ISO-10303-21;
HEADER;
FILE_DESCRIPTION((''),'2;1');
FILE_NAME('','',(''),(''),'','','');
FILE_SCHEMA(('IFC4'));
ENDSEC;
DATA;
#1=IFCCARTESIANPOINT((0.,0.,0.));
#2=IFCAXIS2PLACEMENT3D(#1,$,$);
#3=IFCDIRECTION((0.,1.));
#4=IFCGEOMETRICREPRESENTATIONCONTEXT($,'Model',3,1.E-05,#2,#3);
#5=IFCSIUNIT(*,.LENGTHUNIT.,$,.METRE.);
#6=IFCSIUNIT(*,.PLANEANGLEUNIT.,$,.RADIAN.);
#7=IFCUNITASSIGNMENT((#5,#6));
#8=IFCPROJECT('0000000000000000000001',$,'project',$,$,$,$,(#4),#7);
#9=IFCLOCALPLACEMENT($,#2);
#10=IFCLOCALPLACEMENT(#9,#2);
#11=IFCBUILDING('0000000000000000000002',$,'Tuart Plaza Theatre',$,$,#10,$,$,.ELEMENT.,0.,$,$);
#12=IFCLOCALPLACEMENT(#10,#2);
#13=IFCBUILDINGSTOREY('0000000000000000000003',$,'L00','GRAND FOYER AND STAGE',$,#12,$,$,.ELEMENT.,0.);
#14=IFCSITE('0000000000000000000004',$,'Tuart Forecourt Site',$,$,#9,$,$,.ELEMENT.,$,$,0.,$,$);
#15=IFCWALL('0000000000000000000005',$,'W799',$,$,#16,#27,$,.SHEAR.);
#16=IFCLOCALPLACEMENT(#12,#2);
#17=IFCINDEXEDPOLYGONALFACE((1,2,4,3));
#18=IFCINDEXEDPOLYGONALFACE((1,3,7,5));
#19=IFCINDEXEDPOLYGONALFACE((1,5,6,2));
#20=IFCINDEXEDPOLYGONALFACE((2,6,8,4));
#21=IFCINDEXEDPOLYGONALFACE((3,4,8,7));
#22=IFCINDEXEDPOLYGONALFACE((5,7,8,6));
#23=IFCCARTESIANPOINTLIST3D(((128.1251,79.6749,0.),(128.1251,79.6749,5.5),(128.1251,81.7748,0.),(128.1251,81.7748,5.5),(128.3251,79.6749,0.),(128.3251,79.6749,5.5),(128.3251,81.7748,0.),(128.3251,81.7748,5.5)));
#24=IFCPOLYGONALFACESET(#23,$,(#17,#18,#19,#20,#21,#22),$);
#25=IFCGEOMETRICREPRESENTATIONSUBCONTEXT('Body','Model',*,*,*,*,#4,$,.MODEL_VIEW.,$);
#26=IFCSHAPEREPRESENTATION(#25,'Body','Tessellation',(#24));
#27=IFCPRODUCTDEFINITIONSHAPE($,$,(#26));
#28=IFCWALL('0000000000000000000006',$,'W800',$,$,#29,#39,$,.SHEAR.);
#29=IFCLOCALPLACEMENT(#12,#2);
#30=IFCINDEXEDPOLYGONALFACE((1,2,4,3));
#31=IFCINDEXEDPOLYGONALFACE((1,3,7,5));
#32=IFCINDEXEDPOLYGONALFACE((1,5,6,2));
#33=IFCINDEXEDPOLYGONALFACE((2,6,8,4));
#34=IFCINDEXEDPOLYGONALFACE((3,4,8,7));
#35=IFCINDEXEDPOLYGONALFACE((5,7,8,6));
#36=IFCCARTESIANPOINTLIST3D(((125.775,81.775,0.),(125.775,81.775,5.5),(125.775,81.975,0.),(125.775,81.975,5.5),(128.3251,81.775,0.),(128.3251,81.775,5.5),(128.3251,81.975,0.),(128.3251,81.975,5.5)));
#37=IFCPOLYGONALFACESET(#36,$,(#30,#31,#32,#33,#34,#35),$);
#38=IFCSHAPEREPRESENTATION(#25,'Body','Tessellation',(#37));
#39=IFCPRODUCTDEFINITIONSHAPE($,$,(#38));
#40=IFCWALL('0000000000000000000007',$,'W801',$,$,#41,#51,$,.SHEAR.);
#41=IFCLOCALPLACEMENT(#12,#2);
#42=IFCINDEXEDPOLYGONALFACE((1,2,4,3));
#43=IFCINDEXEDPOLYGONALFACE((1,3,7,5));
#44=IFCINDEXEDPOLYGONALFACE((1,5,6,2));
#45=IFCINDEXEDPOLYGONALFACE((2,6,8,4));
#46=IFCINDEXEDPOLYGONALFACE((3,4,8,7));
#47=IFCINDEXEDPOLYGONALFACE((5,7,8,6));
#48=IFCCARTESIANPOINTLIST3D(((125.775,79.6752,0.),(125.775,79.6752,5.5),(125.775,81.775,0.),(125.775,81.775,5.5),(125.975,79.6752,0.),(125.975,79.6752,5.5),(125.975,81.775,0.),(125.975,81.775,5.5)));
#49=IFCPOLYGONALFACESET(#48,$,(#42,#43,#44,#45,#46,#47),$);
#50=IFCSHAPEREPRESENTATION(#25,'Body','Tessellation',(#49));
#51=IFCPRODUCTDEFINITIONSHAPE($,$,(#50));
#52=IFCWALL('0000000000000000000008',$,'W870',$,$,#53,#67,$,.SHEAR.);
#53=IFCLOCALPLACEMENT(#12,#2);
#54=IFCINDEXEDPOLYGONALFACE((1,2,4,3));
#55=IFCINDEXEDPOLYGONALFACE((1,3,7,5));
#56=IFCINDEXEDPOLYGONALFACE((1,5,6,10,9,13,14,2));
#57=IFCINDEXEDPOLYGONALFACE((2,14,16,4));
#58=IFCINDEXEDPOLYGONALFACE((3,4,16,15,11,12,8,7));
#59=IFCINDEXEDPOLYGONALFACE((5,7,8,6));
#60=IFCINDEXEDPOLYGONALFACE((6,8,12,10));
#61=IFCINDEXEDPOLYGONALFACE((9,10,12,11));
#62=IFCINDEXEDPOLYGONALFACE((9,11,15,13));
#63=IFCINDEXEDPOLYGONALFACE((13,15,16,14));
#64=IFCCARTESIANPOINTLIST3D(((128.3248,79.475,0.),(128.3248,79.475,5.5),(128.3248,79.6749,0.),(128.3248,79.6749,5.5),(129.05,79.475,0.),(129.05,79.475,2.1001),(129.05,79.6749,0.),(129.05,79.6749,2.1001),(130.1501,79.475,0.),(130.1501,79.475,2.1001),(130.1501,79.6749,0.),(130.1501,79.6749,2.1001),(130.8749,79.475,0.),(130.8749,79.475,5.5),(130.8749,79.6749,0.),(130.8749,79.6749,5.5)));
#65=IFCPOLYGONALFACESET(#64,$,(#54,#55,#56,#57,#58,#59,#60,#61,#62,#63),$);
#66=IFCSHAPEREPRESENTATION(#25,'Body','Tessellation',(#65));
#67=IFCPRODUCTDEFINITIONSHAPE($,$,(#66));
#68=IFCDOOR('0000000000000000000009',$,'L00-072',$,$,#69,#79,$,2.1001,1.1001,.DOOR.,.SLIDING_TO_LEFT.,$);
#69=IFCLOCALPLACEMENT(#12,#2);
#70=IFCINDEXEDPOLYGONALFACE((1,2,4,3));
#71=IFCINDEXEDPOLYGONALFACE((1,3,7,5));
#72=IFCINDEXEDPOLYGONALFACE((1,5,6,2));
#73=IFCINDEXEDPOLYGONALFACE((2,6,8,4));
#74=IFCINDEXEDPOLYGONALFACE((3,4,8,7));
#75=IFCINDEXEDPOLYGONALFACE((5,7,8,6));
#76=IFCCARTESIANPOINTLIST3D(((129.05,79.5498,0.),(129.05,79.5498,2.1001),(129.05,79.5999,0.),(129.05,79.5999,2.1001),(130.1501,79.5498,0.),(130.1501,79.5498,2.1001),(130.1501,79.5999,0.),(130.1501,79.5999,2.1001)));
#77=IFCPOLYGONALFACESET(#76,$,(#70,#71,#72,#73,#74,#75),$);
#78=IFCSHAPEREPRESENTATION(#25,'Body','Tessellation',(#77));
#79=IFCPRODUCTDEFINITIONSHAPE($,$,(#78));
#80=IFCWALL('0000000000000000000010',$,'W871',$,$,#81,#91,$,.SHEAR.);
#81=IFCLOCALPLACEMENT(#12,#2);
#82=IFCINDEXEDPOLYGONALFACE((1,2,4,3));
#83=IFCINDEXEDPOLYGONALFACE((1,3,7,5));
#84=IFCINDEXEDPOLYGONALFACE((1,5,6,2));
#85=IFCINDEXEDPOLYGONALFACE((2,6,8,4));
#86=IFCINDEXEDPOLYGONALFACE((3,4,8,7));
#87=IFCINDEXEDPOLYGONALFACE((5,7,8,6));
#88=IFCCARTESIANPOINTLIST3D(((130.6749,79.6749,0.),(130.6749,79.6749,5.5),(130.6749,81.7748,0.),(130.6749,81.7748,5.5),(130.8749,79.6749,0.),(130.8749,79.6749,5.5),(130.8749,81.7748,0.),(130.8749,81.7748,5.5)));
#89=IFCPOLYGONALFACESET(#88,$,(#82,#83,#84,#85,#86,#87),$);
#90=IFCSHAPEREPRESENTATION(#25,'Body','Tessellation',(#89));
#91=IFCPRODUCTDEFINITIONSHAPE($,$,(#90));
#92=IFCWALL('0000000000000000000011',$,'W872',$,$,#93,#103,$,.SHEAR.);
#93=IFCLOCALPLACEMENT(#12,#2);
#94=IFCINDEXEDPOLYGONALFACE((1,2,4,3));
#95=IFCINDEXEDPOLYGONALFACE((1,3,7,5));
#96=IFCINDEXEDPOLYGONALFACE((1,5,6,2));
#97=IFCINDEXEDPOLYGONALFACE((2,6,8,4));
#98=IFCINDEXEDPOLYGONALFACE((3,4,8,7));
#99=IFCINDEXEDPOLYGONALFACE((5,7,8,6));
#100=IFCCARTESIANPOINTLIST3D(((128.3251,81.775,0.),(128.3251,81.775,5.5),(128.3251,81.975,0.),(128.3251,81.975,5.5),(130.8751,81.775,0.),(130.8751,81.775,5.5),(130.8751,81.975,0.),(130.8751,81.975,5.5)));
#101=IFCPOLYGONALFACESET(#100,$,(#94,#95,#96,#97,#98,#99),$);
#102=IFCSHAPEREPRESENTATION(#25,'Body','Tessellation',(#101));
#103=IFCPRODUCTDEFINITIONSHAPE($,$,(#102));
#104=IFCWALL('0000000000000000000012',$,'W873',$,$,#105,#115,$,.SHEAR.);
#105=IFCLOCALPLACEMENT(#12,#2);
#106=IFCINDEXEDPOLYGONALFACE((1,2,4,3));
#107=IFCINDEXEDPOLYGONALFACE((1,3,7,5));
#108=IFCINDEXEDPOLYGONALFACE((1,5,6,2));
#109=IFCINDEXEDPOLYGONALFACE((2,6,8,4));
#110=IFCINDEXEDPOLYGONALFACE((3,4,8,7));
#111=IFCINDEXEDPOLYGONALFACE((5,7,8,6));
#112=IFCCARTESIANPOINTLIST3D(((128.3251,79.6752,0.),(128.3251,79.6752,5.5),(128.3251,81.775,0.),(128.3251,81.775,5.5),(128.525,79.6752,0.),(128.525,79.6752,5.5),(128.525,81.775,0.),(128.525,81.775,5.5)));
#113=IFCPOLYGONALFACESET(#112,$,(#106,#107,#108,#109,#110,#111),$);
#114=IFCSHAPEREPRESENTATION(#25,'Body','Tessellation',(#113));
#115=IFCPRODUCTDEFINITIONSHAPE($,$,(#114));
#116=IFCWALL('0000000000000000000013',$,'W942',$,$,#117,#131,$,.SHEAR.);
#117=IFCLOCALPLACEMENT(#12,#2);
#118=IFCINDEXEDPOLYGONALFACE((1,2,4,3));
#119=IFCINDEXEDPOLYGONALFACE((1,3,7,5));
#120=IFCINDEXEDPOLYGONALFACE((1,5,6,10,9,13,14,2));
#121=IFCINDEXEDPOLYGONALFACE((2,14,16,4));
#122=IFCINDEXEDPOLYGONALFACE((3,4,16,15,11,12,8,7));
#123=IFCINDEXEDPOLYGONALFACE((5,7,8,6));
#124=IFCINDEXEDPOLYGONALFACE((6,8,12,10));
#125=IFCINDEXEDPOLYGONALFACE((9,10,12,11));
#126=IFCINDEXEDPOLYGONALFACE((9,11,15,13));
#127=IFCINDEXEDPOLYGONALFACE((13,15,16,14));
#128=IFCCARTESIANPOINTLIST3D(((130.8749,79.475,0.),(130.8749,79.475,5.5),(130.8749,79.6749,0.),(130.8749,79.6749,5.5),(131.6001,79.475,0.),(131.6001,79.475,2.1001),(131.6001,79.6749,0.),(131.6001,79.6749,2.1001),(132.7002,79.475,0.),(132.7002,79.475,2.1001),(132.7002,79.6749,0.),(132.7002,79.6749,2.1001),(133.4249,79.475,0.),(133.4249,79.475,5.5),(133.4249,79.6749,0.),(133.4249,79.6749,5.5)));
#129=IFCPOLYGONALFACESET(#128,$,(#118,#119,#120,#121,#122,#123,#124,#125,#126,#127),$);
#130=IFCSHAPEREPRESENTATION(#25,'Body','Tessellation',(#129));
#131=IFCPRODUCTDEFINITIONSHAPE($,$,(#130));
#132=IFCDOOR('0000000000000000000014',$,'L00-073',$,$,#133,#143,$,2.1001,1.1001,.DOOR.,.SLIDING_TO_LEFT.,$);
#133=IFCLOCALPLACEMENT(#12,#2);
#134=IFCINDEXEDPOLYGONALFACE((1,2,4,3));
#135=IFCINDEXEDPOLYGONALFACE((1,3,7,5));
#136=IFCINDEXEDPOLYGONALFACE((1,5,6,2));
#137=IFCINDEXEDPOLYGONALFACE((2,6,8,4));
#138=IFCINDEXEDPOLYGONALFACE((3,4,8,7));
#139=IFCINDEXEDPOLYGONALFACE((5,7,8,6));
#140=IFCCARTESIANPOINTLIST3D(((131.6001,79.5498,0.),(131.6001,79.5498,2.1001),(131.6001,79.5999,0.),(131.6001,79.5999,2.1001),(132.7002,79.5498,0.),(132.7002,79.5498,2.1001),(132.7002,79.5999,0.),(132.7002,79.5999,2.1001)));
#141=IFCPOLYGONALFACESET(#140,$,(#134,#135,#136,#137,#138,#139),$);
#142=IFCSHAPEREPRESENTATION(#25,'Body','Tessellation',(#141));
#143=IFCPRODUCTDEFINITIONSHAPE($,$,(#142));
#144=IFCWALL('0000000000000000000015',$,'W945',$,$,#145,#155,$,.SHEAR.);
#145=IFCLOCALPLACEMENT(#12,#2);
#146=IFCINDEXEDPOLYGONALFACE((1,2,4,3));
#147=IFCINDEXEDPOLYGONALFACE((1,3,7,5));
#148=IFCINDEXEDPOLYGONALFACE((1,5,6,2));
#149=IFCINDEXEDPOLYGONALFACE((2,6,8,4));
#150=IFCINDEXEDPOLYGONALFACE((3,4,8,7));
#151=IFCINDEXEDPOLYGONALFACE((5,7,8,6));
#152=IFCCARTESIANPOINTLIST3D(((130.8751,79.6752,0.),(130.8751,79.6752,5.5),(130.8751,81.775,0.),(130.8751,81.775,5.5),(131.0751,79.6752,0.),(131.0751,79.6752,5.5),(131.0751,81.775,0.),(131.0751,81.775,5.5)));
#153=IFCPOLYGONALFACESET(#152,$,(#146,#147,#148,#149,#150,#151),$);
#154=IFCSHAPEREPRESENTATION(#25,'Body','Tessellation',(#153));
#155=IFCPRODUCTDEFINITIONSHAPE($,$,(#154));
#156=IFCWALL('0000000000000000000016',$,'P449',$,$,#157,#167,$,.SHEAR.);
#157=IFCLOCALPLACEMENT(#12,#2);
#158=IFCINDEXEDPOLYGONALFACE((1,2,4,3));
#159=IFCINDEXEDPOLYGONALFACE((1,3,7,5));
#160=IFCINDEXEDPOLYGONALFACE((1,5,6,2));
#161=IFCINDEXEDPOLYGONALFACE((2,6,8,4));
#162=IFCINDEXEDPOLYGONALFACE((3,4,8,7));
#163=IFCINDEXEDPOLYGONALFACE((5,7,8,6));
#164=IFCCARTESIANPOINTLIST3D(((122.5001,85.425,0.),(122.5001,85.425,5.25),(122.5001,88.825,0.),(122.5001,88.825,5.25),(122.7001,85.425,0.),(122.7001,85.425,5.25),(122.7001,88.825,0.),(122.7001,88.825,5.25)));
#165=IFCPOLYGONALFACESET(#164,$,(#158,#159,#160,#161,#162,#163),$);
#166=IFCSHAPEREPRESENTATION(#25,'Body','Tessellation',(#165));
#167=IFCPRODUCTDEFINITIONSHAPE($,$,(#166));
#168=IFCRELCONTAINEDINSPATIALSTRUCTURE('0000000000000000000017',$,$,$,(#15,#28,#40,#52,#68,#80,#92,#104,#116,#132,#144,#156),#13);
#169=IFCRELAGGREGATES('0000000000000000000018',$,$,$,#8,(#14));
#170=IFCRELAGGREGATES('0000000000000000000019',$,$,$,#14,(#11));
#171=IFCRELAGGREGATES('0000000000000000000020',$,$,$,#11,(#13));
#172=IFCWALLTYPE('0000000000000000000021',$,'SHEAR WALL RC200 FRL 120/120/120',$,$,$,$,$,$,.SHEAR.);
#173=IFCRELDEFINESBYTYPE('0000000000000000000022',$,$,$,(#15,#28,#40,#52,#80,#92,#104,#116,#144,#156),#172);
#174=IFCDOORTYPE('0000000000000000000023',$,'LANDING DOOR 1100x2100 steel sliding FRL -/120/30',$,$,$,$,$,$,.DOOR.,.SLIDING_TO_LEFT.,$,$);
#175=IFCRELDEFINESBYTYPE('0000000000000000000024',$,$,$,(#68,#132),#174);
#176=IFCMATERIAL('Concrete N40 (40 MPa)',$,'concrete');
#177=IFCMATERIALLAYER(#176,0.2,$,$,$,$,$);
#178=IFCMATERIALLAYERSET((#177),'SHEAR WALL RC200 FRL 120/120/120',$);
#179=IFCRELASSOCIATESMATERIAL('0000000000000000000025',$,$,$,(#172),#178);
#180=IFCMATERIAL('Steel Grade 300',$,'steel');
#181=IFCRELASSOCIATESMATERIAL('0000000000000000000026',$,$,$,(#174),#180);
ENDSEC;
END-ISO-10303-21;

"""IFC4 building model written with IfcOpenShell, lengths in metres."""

from ifc_helpers import new_model, si_unit, direction, frame, frame_2d, origin, place, context, subcontext, project, spatial, rectangle, extrude, material, layer, layer_set, type_object, element, fill, save


model = new_model("IFC4")

# Units and contexts
model_context = context("Model", 3, precision=1e-05, world=origin(), true_north=direction((0.0, 1.0)))
body_context = subcontext(model_context, "Body", "Model", "MODEL_VIEW")
ifc_project = project(units=[si_unit("LENGTHUNIT", "METRE"), si_unit("PLANEANGLEUNIT", "RADIAN")], contexts=[model_context])

# Site, building, storey
site_placement = place(None, origin())
site = spatial("IfcSite", under=ifc_project, at=site_placement, Name="Tuart Forecourt Site", CompositionType="ELEMENT", RefElevation=0.0)
building_placement = place(site_placement, origin())
building = spatial("IfcBuilding", under=site, at=building_placement, Name="Tuart Plaza Theatre", CompositionType="ELEMENT", ElevationOfRefHeight=0.0)
storey_placement = place(building_placement, origin())
storey = spatial("IfcBuildingStorey", under=building, at=storey_placement, Name="L00", Description="GRAND FOYER AND STAGE", CompositionType="ELEMENT", Elevation=0.0)

# Shared definitions
ifc_material_1 = material(Name="Concrete N40 (40 MPa)", Category="concrete")
ifc_layer_1 = layer(ifc_material_1, 0.2)
ifc_layer_set_1 = layer_set([ifc_layer_1], Name="SHEAR WALL RC200 FRL 120/120/120")
wall_type_1 = type_object("IfcWallType", Name="SHEAR WALL RC200 FRL 120/120/120", PredefinedType="SHEAR", material=ifc_layer_set_1)
ifc_material_2 = material(Name="Steel Grade 300", Category="steel")
door_type_1 = type_object("IfcDoorType", Name="LANDING DOOR 1100x2100 steel sliding FRL -/120/30", OperationType="SLIDING_TO_LEFT", PredefinedType="DOOR", material=ifc_material_2)

# Walls
wall_1_placement = place(storey_placement, frame((128.2251, 79.675, 0.0), z_axis=(0.0, 0.0, 1.0), x_axis=(0.0, 1.0, 0.0)))
element("IfcWall", 1, at=wall_1_placement, inside=storey, type_object=wall_type_1, Name="W799", PredefinedType="SHEAR", context=body_context, shape_type="SweptSolid", body=[
    extrude(rectangle(XDim=2.0999, YDim=0.2, at=frame_2d((1.0498, 0.0))), origin(), (0.0, 0.0, 1.0), 5.5),
])
wall_2_placement = place(storey_placement, frame((128.325, 81.875, 0.0), z_axis=(0.0, 0.0, 1.0), x_axis=(-1.0, 0.0, 0.0)))
element("IfcWall", 2, at=wall_2_placement, inside=storey, type_object=wall_type_1, Name="W800", PredefinedType="SHEAR", context=body_context, shape_type="SweptSolid", body=[
    extrude(rectangle(XDim=2.55, YDim=0.2, at=frame_2d((1.2749, 0.0))), origin(), (0.0, 0.0, 1.0), 5.5),
])
wall_3_placement = place(storey_placement, frame((125.875, 81.7749, 0.0), z_axis=(0.0, 0.0, 1.0), x_axis=(0.0, -1.0, 0.0)))
element("IfcWall", 3, at=wall_3_placement, inside=storey, type_object=wall_type_1, Name="W801", PredefinedType="SHEAR", context=body_context, shape_type="SweptSolid", body=[
    extrude(rectangle(XDim=2.0999, YDim=0.2, at=frame_2d((1.0498, 0.0))), origin(), (0.0, 0.0, 1.0), 5.5),
])

# Wall, opening, door
wall_4_placement = place(storey_placement, frame((128.325, 79.575, 0.0), z_axis=(0.0, 0.0, 1.0), x_axis=(1.0, 0.0, 0.0)))
wall_4 = element("IfcWall", 4, at=wall_4_placement, inside=storey, type_object=wall_type_1, Name="W870", PredefinedType="SHEAR", context=body_context, shape_type="SweptSolid", body=[
    extrude(rectangle(XDim=2.55, YDim=0.2, at=frame_2d((1.2749, 0.0))), origin(), (0.0, 0.0, 1.0), 5.5),
])
opening_1_placement = place(wall_4_placement, frame((0.7251, 0.0, 0.0)))
opening_1 = element("IfcOpeningElement", 5, at=opening_1_placement, cuts=wall_4, PredefinedType="OPENING", context=body_context, shape_type="SweptSolid", body=[
    extrude(rectangle(XDim=1.1001, YDim=2.1001, at=frame_2d((0.55, 1.05))), frame((0.0, 0.1099, 0.0), z_axis=(0.0, -1.0, 0.0), x_axis=(1.0, 0.0, 0.0)), (0.0, 0.0, 1.0), 0.22),
])
door_1_placement = place(opening_1_placement, origin())
door_1 = element("IfcDoor", 6, at=door_1_placement, inside=storey, type_object=door_type_1, Name="L00-072", OperationType="SLIDING_TO_LEFT", OverallHeight=2.1001, OverallWidth=1.1001, PredefinedType="DOOR", context=body_context, shape_type="SweptSolid", body=[
    extrude(rectangle(XDim=1.1001, YDim=2.1001, at=frame_2d((0.55, 1.05))), frame((0.0, 0.0249, 0.0), z_axis=(0.0, -1.0, 0.0), x_axis=(1.0, 0.0, 0.0)), (0.0, 0.0, 1.0), 0.05),
])
fill(opening_1, door_1)

# Walls
wall_5_placement = place(storey_placement, frame((130.7749, 79.675, 0.0), z_axis=(0.0, 0.0, 1.0), x_axis=(0.0, 1.0, 0.0)))
element("IfcWall", 7, at=wall_5_placement, inside=storey, type_object=wall_type_1, Name="W871", PredefinedType="SHEAR", context=body_context, shape_type="SweptSolid", body=[
    extrude(rectangle(XDim=2.0999, YDim=0.2, at=frame_2d((1.0498, 0.0))), origin(), (0.0, 0.0, 1.0), 5.5),
])
wall_6_placement = place(storey_placement, frame((130.875, 81.875, 0.0), z_axis=(0.0, 0.0, 1.0), x_axis=(-1.0, 0.0, 0.0)))
element("IfcWall", 8, at=wall_6_placement, inside=storey, type_object=wall_type_1, Name="W872", PredefinedType="SHEAR", context=body_context, shape_type="SweptSolid", body=[
    extrude(rectangle(XDim=2.55, YDim=0.2, at=frame_2d((1.2749, 0.0))), origin(), (0.0, 0.0, 1.0), 5.5),
])
wall_7_placement = place(storey_placement, frame((128.425, 81.7749, 0.0), z_axis=(0.0, 0.0, 1.0), x_axis=(0.0, -1.0, 0.0)))
element("IfcWall", 9, at=wall_7_placement, inside=storey, type_object=wall_type_1, Name="W873", PredefinedType="SHEAR", context=body_context, shape_type="SweptSolid", body=[
    extrude(rectangle(XDim=2.0999, YDim=0.2, at=frame_2d((1.0498, 0.0))), origin(), (0.0, 0.0, 1.0), 5.5),
])

# Wall, opening, door
wall_8_placement = place(storey_placement, frame((130.875, 79.575, 0.0), z_axis=(0.0, 0.0, 1.0), x_axis=(1.0, 0.0, 0.0)))
wall_8 = element("IfcWall", 10, at=wall_8_placement, inside=storey, type_object=wall_type_1, Name="W942", PredefinedType="SHEAR", context=body_context, shape_type="SweptSolid", body=[
    extrude(rectangle(XDim=2.55, YDim=0.2, at=frame_2d((1.2749, 0.0))), origin(), (0.0, 0.0, 1.0), 5.5),
])
opening_2_placement = place(wall_8_placement, frame((0.7251, 0.0, 0.0)))
opening_2 = element("IfcOpeningElement", 11, at=opening_2_placement, cuts=wall_8, PredefinedType="OPENING", context=body_context, shape_type="SweptSolid", body=[
    extrude(rectangle(XDim=1.1001, YDim=2.1001, at=frame_2d((0.55, 1.05))), frame((0.0, 0.1099, 0.0), z_axis=(0.0, -1.0, 0.0), x_axis=(1.0, 0.0, 0.0)), (0.0, 0.0, 1.0), 0.22),
])
door_2_placement = place(opening_2_placement, origin())
door_2 = element("IfcDoor", 12, at=door_2_placement, inside=storey, type_object=door_type_1, Name="L00-073", OperationType="SLIDING_TO_LEFT", OverallHeight=2.1001, OverallWidth=1.1001, PredefinedType="DOOR", context=body_context, shape_type="SweptSolid", body=[
    extrude(rectangle(XDim=1.1001, YDim=2.1001, at=frame_2d((0.55, 1.05))), frame((0.0, 0.0249, 0.0), z_axis=(0.0, -1.0, 0.0), x_axis=(1.0, 0.0, 0.0)), (0.0, 0.0, 1.0), 0.05),
])
fill(opening_2, door_2)

# Walls
wall_9_placement = place(storey_placement, frame((130.9751, 81.7749, 0.0), z_axis=(0.0, 0.0, 1.0), x_axis=(0.0, -1.0, 0.0)))
element("IfcWall", 13, at=wall_9_placement, inside=storey, type_object=wall_type_1, Name="W945", PredefinedType="SHEAR", context=body_context, shape_type="SweptSolid", body=[
    extrude(rectangle(XDim=2.0999, YDim=0.2, at=frame_2d((1.0498, 0.0))), origin(), (0.0, 0.0, 1.0), 5.5),
])
wall_10_placement = place(storey_placement, frame((122.6001, 85.425, 0.0), z_axis=(0.0, 0.0, 1.0), x_axis=(0.0, 1.0, 0.0)))
element("IfcWall", 14, at=wall_10_placement, inside=storey, type_object=wall_type_1, Name="P449", PredefinedType="SHEAR", context=body_context, shape_type="SweptSolid", body=[
    extrude(rectangle(XDim=3.3999, YDim=0.2, at=frame_2d((1.7, 0.0))), origin(), (0.0, 0.0, 1.0), 5.25),
])

save(model, "model.ifc")
